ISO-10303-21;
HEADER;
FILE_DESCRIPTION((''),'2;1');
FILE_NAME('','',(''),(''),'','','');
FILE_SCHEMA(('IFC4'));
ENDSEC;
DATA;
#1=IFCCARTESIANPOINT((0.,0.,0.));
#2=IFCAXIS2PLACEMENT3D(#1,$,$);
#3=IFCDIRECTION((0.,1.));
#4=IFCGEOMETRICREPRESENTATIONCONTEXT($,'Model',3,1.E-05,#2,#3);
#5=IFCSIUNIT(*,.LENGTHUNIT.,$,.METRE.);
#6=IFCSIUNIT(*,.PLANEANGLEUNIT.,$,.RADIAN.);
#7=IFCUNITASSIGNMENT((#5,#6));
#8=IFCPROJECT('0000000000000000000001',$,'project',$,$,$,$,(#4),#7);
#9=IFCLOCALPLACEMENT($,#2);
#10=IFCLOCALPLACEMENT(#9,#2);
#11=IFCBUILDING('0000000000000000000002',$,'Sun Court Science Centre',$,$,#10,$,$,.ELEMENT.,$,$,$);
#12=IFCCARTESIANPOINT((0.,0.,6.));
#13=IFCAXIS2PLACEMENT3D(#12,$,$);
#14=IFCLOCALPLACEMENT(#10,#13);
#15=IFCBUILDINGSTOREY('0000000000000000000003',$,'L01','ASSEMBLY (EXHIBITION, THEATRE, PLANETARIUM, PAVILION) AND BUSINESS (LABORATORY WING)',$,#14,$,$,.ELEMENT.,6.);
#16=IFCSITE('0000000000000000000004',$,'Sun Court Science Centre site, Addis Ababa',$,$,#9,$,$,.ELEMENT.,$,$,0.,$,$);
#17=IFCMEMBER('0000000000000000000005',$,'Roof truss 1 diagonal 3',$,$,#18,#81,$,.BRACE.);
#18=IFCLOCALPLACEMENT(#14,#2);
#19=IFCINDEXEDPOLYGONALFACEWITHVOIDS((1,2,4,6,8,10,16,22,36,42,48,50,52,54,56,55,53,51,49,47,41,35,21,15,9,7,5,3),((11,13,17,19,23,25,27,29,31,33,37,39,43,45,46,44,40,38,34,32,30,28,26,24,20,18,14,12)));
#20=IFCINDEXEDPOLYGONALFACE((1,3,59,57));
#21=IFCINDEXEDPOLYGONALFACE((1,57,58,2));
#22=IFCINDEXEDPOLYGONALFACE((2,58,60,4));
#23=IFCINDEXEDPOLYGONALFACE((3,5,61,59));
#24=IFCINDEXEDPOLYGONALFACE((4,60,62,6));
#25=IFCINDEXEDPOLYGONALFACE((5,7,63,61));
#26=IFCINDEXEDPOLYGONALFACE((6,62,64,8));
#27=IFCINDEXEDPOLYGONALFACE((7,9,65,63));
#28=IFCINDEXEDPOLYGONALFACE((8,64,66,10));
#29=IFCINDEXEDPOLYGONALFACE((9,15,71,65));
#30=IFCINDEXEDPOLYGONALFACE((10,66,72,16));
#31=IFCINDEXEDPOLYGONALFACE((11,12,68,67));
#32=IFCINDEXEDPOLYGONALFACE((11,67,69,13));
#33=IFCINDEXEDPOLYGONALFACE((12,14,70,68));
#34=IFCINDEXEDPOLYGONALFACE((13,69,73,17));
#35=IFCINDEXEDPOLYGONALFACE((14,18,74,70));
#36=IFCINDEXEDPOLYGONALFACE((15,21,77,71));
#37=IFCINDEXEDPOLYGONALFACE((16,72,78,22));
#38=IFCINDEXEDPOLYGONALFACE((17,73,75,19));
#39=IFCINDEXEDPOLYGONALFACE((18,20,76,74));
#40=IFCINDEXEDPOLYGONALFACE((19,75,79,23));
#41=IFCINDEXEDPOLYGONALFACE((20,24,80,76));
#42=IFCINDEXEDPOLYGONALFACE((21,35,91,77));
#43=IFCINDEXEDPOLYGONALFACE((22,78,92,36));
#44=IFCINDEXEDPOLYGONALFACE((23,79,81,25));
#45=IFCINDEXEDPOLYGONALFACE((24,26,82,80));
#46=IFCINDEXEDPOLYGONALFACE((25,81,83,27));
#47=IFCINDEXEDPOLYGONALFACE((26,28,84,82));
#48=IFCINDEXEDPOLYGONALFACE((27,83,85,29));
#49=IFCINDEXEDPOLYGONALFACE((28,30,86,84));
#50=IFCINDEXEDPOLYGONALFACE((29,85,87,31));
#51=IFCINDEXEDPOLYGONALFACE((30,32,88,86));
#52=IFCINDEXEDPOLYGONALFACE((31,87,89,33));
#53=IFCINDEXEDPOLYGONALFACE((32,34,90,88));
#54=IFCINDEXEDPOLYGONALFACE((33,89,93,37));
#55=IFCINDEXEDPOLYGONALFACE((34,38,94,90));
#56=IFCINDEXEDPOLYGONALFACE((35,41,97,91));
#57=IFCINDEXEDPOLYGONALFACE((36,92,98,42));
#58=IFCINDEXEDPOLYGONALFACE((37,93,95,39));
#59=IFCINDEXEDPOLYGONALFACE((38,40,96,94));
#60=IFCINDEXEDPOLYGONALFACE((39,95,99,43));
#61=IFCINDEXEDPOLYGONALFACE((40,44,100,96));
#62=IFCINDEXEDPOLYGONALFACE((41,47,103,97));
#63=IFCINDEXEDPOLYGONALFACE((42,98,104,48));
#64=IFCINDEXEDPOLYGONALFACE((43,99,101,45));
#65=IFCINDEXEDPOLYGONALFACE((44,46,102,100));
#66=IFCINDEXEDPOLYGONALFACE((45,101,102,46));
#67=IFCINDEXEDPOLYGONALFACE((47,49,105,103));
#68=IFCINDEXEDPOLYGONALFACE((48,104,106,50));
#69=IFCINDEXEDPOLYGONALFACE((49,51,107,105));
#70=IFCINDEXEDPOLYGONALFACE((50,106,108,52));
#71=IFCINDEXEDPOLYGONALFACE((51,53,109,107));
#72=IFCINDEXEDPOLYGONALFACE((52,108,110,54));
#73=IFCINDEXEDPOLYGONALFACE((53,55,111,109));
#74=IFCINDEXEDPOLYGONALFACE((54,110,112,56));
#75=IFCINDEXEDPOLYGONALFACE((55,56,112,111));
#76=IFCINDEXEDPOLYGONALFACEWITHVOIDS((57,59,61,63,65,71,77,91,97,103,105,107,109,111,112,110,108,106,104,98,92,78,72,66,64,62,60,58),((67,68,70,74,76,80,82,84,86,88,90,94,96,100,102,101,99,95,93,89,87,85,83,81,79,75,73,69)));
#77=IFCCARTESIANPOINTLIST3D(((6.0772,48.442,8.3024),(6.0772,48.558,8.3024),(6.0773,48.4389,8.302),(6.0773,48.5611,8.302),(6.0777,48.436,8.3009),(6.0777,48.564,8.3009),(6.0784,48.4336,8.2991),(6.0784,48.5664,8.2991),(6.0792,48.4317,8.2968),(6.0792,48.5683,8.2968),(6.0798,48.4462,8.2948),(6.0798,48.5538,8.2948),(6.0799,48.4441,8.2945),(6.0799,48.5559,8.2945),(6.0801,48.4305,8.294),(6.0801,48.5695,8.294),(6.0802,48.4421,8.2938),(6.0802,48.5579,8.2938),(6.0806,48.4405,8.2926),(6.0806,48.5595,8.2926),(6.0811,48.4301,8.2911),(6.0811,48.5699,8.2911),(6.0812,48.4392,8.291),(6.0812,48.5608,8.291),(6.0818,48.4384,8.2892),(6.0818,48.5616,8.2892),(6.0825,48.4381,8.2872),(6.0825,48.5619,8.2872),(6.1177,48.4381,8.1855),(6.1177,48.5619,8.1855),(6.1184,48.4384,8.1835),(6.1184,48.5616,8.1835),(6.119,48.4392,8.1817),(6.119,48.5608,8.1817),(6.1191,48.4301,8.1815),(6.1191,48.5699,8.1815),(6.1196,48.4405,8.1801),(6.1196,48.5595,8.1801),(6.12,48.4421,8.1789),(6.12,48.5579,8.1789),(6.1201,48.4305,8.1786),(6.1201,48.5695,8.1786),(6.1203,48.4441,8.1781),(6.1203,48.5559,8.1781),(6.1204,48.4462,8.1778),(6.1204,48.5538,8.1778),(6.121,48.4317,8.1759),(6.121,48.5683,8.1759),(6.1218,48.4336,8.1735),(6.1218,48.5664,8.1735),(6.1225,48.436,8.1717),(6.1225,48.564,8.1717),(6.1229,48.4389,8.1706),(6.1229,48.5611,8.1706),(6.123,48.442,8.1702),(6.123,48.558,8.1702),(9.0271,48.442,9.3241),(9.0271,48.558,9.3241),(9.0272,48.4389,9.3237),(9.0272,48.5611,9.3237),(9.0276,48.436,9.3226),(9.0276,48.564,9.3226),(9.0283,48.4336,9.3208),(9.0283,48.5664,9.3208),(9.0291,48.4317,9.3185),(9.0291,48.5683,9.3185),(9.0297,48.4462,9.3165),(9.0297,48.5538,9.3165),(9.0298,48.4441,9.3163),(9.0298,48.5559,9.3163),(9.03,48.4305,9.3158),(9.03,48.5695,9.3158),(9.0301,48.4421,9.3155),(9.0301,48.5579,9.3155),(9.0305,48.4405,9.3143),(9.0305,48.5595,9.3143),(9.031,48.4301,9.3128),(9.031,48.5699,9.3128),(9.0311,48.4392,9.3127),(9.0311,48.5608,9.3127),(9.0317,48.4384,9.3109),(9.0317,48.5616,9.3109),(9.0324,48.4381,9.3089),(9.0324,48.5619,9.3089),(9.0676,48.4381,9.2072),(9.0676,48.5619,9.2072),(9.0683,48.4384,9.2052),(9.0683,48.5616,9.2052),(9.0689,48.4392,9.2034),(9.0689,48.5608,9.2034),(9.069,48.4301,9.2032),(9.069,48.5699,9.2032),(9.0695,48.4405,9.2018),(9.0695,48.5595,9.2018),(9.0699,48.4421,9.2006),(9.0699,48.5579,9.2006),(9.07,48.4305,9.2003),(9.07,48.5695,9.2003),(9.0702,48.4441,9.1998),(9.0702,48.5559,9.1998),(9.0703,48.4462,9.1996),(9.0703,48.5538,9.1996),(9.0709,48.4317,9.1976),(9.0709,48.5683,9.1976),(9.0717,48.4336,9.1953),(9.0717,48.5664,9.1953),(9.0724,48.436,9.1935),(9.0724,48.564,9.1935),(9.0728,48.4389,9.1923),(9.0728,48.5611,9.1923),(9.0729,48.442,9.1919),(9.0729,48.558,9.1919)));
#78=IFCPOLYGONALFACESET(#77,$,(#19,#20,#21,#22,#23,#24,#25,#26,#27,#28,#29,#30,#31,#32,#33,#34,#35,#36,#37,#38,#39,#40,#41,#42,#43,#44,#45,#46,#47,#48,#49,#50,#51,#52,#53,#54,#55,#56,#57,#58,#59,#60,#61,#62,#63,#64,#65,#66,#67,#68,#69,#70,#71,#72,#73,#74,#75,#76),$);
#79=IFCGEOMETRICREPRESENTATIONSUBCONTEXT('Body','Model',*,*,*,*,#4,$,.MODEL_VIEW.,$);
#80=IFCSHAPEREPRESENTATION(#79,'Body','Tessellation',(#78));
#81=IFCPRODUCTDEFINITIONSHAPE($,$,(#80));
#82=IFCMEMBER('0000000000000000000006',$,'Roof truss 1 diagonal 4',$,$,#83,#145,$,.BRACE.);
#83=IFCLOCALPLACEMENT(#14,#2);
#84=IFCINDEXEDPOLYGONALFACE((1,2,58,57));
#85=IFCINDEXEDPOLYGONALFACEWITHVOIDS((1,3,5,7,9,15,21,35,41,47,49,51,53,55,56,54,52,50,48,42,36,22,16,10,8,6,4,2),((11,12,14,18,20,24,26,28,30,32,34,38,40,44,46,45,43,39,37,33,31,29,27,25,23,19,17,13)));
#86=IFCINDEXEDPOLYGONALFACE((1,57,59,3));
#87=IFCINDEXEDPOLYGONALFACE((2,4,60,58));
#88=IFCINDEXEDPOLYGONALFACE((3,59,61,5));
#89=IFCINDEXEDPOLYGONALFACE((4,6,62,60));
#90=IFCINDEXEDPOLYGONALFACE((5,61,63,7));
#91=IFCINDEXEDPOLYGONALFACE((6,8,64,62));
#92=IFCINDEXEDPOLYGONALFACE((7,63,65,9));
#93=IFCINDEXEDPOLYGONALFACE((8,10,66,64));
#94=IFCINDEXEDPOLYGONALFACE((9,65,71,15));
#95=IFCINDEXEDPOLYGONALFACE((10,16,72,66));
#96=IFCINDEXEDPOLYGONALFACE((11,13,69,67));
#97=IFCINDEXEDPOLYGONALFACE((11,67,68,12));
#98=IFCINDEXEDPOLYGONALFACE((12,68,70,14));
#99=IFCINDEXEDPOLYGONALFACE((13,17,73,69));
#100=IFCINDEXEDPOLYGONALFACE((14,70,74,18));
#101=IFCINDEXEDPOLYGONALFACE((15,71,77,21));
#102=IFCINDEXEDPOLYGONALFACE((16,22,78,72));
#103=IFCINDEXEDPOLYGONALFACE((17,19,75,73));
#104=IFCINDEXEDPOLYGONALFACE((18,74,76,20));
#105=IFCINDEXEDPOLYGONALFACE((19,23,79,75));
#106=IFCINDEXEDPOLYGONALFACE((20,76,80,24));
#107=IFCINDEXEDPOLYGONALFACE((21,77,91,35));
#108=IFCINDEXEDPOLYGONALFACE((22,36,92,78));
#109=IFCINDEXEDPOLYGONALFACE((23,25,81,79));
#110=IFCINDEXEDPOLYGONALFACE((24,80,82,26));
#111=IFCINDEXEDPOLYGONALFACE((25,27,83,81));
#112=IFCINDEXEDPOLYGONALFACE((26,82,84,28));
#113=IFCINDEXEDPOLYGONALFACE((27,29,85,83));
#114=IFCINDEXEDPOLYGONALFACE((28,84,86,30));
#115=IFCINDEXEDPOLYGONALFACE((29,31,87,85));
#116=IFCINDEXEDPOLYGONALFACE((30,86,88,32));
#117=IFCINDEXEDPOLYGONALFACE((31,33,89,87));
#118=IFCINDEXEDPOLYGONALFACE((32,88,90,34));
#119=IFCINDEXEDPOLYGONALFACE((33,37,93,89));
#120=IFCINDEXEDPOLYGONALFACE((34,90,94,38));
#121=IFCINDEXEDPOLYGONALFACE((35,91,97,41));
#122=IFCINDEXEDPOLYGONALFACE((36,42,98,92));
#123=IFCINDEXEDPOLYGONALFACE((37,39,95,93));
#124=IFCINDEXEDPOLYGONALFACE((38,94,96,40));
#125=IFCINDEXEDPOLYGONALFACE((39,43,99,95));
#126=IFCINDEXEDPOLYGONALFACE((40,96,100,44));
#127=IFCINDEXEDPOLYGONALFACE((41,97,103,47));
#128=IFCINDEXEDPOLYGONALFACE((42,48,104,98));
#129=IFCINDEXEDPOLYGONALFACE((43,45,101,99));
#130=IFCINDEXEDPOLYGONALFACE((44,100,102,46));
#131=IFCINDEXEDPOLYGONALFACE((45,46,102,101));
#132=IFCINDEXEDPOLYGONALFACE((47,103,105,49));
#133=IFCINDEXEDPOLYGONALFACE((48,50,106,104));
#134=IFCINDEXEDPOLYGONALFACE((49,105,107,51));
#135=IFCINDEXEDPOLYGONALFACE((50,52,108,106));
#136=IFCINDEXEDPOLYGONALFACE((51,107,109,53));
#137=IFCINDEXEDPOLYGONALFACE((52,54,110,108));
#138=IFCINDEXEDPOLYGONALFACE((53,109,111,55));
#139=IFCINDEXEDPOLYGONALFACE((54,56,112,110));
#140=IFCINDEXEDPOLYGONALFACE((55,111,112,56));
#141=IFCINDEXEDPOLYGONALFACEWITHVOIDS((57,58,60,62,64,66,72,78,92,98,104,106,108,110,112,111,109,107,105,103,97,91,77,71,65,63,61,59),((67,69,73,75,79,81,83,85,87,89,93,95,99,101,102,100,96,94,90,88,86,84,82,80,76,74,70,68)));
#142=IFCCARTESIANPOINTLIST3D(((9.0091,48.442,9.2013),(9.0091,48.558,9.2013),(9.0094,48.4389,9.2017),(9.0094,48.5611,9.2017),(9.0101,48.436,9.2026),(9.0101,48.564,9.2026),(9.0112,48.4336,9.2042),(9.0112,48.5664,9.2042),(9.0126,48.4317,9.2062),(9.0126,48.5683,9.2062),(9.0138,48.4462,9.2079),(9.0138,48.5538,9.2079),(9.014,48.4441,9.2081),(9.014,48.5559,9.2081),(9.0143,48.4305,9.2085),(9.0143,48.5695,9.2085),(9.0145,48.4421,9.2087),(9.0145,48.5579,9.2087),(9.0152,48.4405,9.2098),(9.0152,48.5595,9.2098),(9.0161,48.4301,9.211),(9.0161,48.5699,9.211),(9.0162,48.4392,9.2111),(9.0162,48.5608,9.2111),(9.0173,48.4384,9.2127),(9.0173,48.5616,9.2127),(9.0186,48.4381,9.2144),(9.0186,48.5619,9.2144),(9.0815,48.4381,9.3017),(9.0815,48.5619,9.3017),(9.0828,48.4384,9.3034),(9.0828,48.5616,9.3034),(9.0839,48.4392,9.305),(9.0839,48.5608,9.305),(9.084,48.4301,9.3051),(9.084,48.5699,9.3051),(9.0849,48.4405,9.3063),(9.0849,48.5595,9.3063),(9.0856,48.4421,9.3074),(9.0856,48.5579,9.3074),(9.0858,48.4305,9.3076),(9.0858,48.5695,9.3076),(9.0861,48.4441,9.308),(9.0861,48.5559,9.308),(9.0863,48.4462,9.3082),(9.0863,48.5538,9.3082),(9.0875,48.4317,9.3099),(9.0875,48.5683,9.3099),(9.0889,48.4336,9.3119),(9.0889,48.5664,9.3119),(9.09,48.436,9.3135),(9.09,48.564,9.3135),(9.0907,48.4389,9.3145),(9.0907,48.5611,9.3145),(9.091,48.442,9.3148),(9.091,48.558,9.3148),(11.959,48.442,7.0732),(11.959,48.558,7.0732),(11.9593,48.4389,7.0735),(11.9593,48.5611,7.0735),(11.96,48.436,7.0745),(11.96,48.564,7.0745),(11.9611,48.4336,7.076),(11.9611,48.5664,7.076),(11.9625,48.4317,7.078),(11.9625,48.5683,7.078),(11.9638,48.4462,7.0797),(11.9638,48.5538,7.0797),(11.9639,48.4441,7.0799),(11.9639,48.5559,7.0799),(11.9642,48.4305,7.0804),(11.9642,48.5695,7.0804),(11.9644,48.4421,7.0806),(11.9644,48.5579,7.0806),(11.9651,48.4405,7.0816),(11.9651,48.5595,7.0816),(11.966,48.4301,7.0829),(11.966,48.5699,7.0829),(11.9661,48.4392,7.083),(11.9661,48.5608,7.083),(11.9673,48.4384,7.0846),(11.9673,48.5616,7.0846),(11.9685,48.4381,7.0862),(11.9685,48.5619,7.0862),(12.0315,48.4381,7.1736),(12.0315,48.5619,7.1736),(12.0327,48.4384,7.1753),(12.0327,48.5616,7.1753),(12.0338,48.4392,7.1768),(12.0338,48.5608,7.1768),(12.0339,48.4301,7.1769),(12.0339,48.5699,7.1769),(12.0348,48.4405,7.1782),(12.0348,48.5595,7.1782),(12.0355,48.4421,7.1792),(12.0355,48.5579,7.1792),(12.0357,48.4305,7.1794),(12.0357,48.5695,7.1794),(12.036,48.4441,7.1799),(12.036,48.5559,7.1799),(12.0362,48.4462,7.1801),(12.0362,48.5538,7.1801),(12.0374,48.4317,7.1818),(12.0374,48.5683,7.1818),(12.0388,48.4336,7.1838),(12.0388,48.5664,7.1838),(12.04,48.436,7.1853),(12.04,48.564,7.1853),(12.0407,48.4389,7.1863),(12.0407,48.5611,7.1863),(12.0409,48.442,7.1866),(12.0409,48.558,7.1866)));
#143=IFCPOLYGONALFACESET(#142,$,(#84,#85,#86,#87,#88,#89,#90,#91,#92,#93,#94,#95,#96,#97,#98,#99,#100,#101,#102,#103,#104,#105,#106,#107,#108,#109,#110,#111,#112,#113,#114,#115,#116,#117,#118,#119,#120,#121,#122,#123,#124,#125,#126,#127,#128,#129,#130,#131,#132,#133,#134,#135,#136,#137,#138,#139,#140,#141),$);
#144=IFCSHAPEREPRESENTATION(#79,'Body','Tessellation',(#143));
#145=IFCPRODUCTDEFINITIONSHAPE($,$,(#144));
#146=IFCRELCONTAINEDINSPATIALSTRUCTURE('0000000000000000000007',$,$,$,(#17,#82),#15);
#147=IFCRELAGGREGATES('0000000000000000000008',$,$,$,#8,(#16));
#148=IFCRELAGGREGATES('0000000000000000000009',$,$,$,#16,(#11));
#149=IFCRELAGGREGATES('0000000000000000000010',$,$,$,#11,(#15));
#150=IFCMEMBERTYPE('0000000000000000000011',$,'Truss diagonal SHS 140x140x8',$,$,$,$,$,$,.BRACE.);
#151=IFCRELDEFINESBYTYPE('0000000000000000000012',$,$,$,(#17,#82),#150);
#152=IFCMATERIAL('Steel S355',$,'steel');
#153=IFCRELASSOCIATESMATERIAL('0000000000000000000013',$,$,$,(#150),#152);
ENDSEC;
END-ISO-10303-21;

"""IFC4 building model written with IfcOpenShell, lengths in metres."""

from ifc_helpers import new_model, si_unit, direction, frame, origin, origin_2d, place, context, subcontext, project, spatial, hollow_rectangle, extrude, material, material_profile, profile_set, type_object, element, save


model = new_model("IFC4")

# Units and contexts
model_context = context("Model", 3, precision=1e-05, world=origin(), true_north=direction((0.0, 1.0)))
body_context = subcontext(model_context, "Body", "Model", "MODEL_VIEW")
ifc_project = project(units=[si_unit("LENGTHUNIT", "METRE"), si_unit("PLANEANGLEUNIT", "RADIAN")], contexts=[model_context])

# Site, building, storey
site_placement = place(None, origin())
site = spatial("IfcSite", under=ifc_project, at=site_placement, Name="Sun Court Science Centre site, Addis Ababa", CompositionType="ELEMENT", RefElevation=0.0)
building_placement = place(site_placement, origin())
building = spatial("IfcBuilding", under=site, at=building_placement, Name="Sun Court Science Centre", CompositionType="ELEMENT")
storey_placement = place(building_placement, frame((0.0, 0.0, 6.0)))
storey = spatial("IfcBuildingStorey", under=building, at=storey_placement, Name="L01", Description="ASSEMBLY (EXHIBITION, THEATRE, PLANETARIUM, PAVILION) AND BUSINESS (LABORATORY WING)", CompositionType="ELEMENT", Elevation=6.0)

# Members
ifc_material_1 = material(Name="Steel S355", Category="steel")
ifc_material_profile_1 = material_profile(ifc_material_1, hollow_rectangle(XDim=0.1399, YDim=0.1399, WallThickness=0.0081, InnerFilletRadius=0.0081, OuterFilletRadius=0.012, at=origin_2d()), Name="SHS 140x140x8")
ifc_profile_set_1 = profile_set([ifc_material_profile_1], Name="Steel S355")
member_type_1 = type_object("IfcMemberType", Name="Truss diagonal SHS 140x140x8", PredefinedType="BRACE", material=ifc_profile_set_1)
member_1_placement = place(storey_placement, frame((6.1001, 48.5, 8.2363), z_axis=(0.944927, 0.0, 0.32728), x_axis=(0.0, 1.0, 0.0)))
element("IfcMember", 1, at=member_1_placement, inside=storey, type_object=member_type_1, Name="Roof truss 1 diagonal 3", PredefinedType="BRACE", context=body_context, shape_type="SweptSolid", body=[
    extrude(hollow_rectangle(XDim=0.1399, YDim=0.1399, WallThickness=0.0081, InnerFilletRadius=0.0081, OuterFilletRadius=0.012, at=origin_2d()), origin(), (0.0, 0.0, 1.0), 3.1218),
])
member_2_placement = place(storey_placement, frame((9.05, 48.5, 9.2581), z_axis=(0.810985, 0.0, -0.585067), x_axis=(0.0, 1.0, 0.0)))
element("IfcMember", 2, at=member_2_placement, inside=storey, type_object=member_type_1, Name="Roof truss 1 diagonal 4", PredefinedType="BRACE", context=body_context, shape_type="SweptSolid", body=[
    extrude(hollow_rectangle(XDim=0.1399, YDim=0.1399, WallThickness=0.0081, InnerFilletRadius=0.0081, OuterFilletRadius=0.012, at=origin_2d()), origin(), (0.0, 0.0, 1.0), 3.6375),
])

save(model, "model.ifc")
